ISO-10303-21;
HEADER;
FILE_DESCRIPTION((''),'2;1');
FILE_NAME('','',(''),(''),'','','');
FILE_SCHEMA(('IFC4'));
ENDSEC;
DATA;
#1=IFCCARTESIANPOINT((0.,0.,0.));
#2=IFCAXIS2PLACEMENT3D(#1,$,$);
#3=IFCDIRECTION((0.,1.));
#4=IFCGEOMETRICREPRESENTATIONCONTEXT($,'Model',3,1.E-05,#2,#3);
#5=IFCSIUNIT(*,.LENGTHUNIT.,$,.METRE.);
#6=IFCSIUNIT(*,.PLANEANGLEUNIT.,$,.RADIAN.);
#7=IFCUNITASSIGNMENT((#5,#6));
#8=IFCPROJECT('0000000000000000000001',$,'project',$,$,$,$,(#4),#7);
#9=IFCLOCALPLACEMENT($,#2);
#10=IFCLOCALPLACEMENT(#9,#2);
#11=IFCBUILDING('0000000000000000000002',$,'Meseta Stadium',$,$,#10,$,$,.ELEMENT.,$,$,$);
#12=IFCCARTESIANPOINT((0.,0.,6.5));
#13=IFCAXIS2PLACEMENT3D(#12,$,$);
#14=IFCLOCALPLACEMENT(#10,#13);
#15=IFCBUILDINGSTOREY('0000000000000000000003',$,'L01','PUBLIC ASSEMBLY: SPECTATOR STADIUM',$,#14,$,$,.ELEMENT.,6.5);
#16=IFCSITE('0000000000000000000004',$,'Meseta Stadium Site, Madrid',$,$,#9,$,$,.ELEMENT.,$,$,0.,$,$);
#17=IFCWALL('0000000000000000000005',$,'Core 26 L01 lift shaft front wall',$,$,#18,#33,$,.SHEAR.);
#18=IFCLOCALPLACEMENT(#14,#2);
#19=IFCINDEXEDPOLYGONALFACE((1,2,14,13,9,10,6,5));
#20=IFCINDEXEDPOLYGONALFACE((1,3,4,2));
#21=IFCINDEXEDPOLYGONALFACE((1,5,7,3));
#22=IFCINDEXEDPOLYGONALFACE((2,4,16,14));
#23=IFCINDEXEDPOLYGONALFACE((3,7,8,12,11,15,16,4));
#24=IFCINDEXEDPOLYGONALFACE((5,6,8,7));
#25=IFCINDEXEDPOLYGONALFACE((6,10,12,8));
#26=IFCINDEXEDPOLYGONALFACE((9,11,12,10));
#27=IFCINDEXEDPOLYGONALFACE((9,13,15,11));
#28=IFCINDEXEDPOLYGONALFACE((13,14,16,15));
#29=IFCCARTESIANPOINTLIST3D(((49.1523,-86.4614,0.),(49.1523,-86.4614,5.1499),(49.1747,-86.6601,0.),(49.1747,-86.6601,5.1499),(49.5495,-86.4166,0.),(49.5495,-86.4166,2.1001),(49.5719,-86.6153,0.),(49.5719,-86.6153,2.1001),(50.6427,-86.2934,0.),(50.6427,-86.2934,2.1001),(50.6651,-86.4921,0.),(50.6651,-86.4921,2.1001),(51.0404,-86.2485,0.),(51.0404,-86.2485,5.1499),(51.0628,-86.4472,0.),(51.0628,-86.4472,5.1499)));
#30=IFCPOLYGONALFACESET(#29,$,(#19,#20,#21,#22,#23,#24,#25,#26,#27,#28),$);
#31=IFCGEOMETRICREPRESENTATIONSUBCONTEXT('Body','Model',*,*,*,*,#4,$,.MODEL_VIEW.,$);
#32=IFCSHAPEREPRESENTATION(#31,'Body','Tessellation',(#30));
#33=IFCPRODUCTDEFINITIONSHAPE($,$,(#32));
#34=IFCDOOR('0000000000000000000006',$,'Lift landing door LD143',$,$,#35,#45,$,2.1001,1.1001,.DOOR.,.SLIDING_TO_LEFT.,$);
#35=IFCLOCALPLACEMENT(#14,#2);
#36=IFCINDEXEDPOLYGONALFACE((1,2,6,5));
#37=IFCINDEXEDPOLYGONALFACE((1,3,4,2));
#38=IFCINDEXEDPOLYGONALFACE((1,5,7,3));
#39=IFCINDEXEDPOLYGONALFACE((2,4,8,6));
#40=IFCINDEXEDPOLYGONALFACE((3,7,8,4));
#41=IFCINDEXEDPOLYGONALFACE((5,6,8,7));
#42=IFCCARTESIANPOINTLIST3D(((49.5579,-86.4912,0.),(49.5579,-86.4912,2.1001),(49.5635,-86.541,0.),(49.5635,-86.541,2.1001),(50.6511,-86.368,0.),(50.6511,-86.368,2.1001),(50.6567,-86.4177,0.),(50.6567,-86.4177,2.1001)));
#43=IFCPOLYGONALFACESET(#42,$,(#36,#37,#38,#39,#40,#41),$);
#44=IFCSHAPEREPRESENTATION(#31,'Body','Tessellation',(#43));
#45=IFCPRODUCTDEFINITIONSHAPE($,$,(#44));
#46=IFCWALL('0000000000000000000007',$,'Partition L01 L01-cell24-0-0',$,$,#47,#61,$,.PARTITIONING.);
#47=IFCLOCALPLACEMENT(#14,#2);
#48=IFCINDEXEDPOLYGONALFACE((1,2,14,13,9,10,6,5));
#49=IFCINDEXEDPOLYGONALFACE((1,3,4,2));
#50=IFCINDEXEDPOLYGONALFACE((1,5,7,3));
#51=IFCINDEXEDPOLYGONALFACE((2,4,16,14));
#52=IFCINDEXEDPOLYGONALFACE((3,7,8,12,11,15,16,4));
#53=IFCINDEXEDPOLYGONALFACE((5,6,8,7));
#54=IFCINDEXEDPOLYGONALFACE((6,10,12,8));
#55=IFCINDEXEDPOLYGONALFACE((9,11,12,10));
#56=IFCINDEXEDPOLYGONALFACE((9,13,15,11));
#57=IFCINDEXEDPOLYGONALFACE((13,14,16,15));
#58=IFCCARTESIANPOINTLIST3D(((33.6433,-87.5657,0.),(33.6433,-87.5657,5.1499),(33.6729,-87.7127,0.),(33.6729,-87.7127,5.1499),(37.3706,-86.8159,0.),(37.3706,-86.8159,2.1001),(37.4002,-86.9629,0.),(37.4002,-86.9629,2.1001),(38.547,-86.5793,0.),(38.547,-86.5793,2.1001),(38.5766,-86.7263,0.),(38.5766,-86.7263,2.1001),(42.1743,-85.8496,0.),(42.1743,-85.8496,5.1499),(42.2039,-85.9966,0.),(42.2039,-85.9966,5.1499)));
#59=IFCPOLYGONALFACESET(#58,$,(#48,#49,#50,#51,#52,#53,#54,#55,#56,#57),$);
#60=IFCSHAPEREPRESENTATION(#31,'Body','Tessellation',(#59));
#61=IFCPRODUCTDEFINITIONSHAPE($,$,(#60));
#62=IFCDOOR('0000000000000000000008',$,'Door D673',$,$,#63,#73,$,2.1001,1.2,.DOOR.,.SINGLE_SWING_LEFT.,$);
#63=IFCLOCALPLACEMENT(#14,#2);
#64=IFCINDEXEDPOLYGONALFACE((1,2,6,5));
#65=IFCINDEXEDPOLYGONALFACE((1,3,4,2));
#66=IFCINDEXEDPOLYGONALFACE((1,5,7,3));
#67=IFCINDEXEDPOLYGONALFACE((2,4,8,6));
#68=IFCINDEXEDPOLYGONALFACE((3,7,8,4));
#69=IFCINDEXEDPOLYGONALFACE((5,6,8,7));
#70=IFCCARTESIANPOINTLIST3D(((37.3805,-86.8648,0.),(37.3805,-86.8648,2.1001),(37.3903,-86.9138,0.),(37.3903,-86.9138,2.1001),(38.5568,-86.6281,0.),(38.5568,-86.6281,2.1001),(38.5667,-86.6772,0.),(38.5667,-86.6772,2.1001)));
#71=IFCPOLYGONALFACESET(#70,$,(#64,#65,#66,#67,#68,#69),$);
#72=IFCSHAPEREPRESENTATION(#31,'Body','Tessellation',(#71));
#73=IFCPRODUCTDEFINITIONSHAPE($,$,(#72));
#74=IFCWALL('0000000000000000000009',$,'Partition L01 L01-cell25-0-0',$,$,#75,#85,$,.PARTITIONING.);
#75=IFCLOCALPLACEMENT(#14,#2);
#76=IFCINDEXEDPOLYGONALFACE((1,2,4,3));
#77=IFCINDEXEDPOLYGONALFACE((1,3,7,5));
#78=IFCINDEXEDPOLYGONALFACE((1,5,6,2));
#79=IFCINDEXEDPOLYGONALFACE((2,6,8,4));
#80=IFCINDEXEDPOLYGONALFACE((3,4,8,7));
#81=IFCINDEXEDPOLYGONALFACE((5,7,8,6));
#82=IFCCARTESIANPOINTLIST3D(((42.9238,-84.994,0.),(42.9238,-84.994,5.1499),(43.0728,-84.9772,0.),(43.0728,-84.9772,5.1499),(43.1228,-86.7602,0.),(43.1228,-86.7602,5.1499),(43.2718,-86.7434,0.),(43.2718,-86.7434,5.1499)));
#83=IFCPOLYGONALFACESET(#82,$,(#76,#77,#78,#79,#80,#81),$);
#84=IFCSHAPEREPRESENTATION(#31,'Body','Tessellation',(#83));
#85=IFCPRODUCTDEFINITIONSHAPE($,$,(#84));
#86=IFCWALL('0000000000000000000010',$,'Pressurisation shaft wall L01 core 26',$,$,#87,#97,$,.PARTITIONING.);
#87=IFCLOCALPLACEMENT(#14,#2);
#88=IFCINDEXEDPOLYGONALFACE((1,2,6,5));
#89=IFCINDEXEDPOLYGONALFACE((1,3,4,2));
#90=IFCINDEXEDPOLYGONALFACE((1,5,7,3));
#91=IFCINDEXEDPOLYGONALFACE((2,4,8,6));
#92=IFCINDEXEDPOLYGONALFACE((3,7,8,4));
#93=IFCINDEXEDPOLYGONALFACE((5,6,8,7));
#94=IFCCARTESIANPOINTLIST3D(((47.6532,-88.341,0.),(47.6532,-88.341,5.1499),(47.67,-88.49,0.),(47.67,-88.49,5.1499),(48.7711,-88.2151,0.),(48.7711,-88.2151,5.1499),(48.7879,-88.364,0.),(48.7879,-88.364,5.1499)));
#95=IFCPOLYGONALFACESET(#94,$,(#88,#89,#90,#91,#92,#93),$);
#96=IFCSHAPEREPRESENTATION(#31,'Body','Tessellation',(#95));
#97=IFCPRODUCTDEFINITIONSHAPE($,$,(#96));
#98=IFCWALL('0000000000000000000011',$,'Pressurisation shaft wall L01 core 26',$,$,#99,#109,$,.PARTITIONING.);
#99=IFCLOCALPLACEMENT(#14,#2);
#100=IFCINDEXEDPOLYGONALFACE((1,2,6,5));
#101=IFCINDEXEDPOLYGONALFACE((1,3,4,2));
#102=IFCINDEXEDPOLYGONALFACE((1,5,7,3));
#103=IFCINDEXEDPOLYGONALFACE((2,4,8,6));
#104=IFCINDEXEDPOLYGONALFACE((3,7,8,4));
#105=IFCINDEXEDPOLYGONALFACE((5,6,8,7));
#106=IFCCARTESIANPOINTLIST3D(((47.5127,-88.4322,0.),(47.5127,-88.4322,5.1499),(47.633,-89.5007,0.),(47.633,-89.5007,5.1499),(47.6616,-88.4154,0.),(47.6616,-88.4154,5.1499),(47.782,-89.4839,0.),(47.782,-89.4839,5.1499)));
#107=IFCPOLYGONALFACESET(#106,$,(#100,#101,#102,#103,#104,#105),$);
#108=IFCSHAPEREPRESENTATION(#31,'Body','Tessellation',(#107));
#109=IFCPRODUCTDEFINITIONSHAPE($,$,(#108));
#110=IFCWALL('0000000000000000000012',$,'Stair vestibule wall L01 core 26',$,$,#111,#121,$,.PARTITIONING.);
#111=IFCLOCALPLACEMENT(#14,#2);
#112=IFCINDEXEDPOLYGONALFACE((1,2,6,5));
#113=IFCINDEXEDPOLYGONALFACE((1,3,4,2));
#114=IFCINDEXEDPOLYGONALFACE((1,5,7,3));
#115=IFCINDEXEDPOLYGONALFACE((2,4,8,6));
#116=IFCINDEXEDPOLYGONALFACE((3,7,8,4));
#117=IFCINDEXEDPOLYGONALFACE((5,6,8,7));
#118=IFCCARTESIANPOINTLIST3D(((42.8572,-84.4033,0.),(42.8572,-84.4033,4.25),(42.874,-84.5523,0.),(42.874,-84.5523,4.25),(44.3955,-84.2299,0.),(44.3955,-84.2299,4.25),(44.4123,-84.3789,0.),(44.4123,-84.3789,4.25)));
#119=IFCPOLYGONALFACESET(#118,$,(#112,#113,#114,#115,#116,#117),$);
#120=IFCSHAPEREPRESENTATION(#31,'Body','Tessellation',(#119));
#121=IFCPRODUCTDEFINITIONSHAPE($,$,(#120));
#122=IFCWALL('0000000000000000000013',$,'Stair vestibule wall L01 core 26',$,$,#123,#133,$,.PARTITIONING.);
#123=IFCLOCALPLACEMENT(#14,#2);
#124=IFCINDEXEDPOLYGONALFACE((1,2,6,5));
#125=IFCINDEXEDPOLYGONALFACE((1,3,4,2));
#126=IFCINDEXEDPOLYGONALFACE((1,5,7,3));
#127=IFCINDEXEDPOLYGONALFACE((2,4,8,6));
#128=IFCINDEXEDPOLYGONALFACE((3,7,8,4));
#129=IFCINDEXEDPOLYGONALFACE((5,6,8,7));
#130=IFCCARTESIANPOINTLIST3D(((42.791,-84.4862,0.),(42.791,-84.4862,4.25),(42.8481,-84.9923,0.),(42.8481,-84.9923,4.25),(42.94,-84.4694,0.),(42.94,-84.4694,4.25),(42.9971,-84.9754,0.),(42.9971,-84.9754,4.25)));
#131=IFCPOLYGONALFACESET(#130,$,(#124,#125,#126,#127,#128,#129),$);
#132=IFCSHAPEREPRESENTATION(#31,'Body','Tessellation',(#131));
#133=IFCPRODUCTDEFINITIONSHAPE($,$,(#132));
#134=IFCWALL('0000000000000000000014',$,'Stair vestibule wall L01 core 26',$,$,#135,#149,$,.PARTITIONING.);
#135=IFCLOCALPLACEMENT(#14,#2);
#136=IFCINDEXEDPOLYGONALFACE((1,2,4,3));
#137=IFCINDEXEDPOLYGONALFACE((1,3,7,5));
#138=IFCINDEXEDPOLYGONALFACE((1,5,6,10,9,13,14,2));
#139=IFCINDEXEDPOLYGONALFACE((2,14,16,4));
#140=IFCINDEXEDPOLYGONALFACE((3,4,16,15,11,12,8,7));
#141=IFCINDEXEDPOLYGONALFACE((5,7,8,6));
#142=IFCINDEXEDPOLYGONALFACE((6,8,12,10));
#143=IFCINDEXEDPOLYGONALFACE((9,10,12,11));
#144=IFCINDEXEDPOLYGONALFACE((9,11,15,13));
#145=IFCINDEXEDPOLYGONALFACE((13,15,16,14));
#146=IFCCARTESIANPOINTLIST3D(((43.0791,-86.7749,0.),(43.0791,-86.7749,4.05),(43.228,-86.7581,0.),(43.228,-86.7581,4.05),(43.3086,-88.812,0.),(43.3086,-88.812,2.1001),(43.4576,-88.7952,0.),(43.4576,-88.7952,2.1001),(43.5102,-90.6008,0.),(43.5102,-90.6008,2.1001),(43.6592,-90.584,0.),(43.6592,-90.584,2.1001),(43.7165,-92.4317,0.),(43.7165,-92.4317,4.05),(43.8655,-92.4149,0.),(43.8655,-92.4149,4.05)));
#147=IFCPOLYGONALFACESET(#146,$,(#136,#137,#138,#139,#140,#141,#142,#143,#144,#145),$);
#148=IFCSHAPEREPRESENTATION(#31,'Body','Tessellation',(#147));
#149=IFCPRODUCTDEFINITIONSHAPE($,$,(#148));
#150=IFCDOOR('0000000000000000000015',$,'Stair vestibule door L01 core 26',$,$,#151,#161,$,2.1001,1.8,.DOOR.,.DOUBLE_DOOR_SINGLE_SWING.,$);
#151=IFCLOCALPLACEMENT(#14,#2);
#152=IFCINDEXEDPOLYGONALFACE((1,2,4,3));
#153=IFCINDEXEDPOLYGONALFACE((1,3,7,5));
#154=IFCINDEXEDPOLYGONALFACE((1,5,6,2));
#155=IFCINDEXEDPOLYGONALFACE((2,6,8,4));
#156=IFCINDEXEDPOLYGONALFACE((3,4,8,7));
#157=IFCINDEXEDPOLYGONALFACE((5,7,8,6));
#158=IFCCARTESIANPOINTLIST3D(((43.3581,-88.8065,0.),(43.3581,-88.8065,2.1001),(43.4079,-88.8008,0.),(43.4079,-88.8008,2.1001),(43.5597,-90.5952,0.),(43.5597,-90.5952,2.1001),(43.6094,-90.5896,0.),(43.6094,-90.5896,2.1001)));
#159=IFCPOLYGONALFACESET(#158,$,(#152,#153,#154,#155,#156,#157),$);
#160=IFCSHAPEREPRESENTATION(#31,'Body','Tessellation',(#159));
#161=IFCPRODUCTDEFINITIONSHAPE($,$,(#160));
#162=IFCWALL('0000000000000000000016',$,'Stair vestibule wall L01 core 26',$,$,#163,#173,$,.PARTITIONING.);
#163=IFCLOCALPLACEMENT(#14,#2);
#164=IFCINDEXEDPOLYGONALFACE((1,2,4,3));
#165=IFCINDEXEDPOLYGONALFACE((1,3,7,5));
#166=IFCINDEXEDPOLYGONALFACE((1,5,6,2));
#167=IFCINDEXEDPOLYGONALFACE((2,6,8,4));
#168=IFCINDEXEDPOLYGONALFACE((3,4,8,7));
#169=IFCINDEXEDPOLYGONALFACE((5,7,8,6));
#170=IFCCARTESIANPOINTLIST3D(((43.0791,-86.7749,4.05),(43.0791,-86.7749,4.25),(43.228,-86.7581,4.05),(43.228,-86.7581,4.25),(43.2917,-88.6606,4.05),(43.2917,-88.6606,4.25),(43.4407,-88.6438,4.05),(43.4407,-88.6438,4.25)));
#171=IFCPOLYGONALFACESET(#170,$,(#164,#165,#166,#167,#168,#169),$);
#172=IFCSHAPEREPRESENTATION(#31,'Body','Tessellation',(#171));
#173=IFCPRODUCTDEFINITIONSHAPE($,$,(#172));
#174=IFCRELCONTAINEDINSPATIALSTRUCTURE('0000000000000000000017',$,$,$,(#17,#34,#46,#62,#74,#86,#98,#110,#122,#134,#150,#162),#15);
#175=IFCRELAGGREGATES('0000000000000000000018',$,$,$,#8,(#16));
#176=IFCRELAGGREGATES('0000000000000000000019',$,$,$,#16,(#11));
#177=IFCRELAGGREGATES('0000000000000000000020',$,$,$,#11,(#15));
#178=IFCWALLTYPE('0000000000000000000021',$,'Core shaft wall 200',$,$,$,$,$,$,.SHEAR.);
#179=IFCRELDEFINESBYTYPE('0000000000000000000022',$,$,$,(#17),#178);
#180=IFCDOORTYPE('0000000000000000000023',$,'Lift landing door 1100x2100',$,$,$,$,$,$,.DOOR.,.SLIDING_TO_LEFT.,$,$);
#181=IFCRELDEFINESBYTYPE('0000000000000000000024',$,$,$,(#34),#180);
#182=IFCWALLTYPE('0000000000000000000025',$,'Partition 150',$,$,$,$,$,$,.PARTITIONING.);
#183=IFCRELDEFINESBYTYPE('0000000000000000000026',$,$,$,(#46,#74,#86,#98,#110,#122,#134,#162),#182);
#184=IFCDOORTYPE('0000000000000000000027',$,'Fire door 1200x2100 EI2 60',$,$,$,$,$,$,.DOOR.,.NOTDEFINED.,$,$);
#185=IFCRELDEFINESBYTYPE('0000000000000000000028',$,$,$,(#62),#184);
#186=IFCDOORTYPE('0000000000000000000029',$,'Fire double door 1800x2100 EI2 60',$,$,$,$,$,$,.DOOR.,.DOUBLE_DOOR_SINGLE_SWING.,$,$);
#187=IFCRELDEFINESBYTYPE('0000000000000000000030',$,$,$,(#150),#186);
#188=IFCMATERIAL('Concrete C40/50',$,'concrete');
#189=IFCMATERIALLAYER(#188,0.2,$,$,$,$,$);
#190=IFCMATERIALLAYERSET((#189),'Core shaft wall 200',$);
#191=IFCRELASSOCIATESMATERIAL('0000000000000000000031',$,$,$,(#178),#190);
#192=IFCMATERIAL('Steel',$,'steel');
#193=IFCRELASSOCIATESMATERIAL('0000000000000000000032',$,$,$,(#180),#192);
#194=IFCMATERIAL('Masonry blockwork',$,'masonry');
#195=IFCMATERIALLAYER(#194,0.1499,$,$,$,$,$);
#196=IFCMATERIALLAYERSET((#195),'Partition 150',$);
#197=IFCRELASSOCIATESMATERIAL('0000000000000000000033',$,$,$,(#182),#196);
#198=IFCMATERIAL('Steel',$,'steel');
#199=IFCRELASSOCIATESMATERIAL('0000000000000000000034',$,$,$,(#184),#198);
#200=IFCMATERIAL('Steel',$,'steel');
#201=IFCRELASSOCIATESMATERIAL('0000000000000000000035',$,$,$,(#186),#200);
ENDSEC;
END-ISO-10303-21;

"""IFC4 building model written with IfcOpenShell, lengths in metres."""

from ifc_helpers import new_model, si_unit, direction, frame, frame_2d, origin, place, context, subcontext, project, spatial, rectangle, extrude, material, layer, layer_set, type_object, element, fill, save


model = new_model("IFC4")

# Units and contexts
model_context = context("Model", 3, precision=1e-05, world=origin(), true_north=direction((0.0, 1.0)))
body_context = subcontext(model_context, "Body", "Model", "MODEL_VIEW")
ifc_project = project(units=[si_unit("LENGTHUNIT", "METRE"), si_unit("PLANEANGLEUNIT", "RADIAN")], contexts=[model_context])

# Site, building, storey
site_placement = place(None, origin())
site = spatial("IfcSite", under=ifc_project, at=site_placement, Name="Meseta Stadium Site, Madrid", CompositionType="ELEMENT", RefElevation=0.0)
building_placement = place(site_placement, origin())
building = spatial("IfcBuilding", under=site, at=building_placement, Name="Meseta Stadium", CompositionType="ELEMENT")
storey_placement = place(building_placement, frame((0.0, 0.0, 6.5)))
storey = spatial("IfcBuildingStorey", under=building, at=storey_placement, Name="L01", Description="PUBLIC ASSEMBLY: SPECTATOR STADIUM", CompositionType="ELEMENT", Elevation=6.5)

# Walls, openings, doors
ifc_material_1 = material(Name="Concrete C40/50", Category="concrete")
ifc_layer_1 = layer(ifc_material_1, 0.2)
ifc_layer_set_1 = layer_set([ifc_layer_1], Name="Core shaft wall 200")
wall_type_1 = type_object("IfcWallType", Name="Core shaft wall 200", PredefinedType="SHEAR", material=ifc_layer_set_1)
wall_1_placement = place(storey_placement, frame((49.1633, -86.5608, 0.0), z_axis=(0.0, 0.0, 1.0), x_axis=(0.993704, 0.112039, 0.0)))
wall_1 = element("IfcWall", 1, at=wall_1_placement, inside=storey, type_object=wall_type_1, Name="Core 26 L01 lift shaft front wall", PredefinedType="SHEAR", context=body_context, shape_type="SweptSolid", body=[
    extrude(rectangle(XDim=1.9001, YDim=0.2, at=frame_2d((0.9502, 0.0))), origin(), (0.0, 0.0, 1.0), 5.1499),
])
opening_1_placement = place(wall_1_placement, frame((0.3999, 0.0, 0.0)))
opening_1 = element("IfcOpeningElement", 2, at=opening_1_placement, cuts=wall_1, PredefinedType="OPENING", context=body_context, shape_type="SweptSolid", body=[
    extrude(rectangle(XDim=1.1001, YDim=2.1001, at=frame_2d((0.55, 1.05))), frame((0.0, 0.1099, 0.0), z_axis=(0.0, -1.0, 0.0), x_axis=(1.0, 0.0, 0.0)), (0.0, 0.0, 1.0), 0.22),
])
ifc_material_2 = material(Name="Steel", Category="steel")
door_type_1 = type_object("IfcDoorType", Name="Lift landing door 1100x2100", OperationType="SLIDING_TO_LEFT", PredefinedType="DOOR", material=ifc_material_2)
door_1_placement = place(opening_1_placement, origin())
door_1 = element("IfcDoor", 3, at=door_1_placement, inside=storey, type_object=door_type_1, Name="Lift landing door LD143", OperationType="SLIDING_TO_LEFT", OverallHeight=2.1001, OverallWidth=1.1001, PredefinedType="DOOR", context=body_context, shape_type="SweptSolid", body=[
    extrude(rectangle(XDim=1.1001, YDim=2.1001, at=frame_2d((0.55, 1.05))), frame((0.0, 0.0249, 0.0), z_axis=(0.0, -1.0, 0.0), x_axis=(1.0, 0.0, 0.0)), (0.0, 0.0, 1.0), 0.05),
])
fill(opening_1, door_1)
ifc_material_3 = material(Name="Masonry blockwork", Category="masonry")
ifc_layer_2 = layer(ifc_material_3, 0.1499)
ifc_layer_set_2 = layer_set([ifc_layer_2], Name="Partition 150")
wall_type_2 = type_object("IfcWallType", Name="Partition 150", PredefinedType="PARTITIONING", material=ifc_layer_set_2)
wall_2_placement = place(storey_placement, frame((42.1892, -85.9231, 0.0), z_axis=(0.0, 0.0, 1.0), x_axis=(-0.980362, -0.197206, 0.0)))
wall_2 = element("IfcWall", 4, at=wall_2_placement, inside=storey, type_object=wall_type_2, Name="Partition L01 L01-cell24-0-0", PredefinedType="PARTITIONING", context=body_context, shape_type="SweptSolid", body=[
    extrude(rectangle(XDim=8.7019, YDim=0.1499, at=frame_2d((4.3511, 0.0))), origin(), (0.0, 0.0, 1.0), 5.1499),
])
opening_2_placement = place(wall_2_placement, frame((3.7, 0.0, 0.0)))
opening_2 = element("IfcOpeningElement", 5, at=opening_2_placement, cuts=wall_2, PredefinedType="OPENING", context=body_context, shape_type="SweptSolid", body=[
    extrude(rectangle(XDim=1.2, YDim=2.1001, at=frame_2d((0.6001, 1.05))), frame((0.0, 0.085, 0.0), z_axis=(0.0, -1.0, 0.0), x_axis=(1.0, 0.0, 0.0)), (0.0, 0.0, 1.0), 0.1699),
])
ifc_material_4 = material(Name="Steel", Category="steel")
door_type_2 = type_object("IfcDoorType", Name="Fire door 1200x2100 EI2 60", OperationType="NOTDEFINED", PredefinedType="DOOR", material=ifc_material_4)
door_2_placement = place(opening_2_placement, origin())
door_2 = element("IfcDoor", 6, at=door_2_placement, inside=storey, type_object=door_type_2, Name="Door D673", OperationType="SINGLE_SWING_LEFT", OverallHeight=2.1001, OverallWidth=1.2, PredefinedType="DOOR", context=body_context, shape_type="SweptSolid", body=[
    extrude(rectangle(XDim=1.2, YDim=2.1001, at=frame_2d((0.6001, 1.05))), frame((0.0, 0.0249, 0.0), z_axis=(0.0, -1.0, 0.0), x_axis=(1.0, 0.0, 0.0)), (0.0, 0.0, 1.0), 0.05),
])
fill(opening_2, door_2)

# Walls
wall_3_placement = place(storey_placement, frame((42.9983, -84.9856, 0.0), z_axis=(0.0, 0.0, 1.0), x_axis=(0.111954, -0.993713, 0.0)))
element("IfcWall", 7, at=wall_3_placement, inside=storey, type_object=wall_type_2, Name="Partition L01 L01-cell25-0-0", PredefinedType="PARTITIONING", context=body_context, shape_type="SweptSolid", body=[
    extrude(rectangle(XDim=1.7773, YDim=0.1499, at=frame_2d((0.8887, 0.0))), origin(), (0.0, 0.0, 1.0), 5.1499),
])
wall_4_placement = place(storey_placement, frame((48.7795, -88.2896, 0.0), z_axis=(0.0, 0.0, 1.0), x_axis=(-0.993711, -0.11198, 0.0)))
element("IfcWall", 8, at=wall_4_placement, inside=storey, type_object=wall_type_2, Name="Pressurisation shaft wall L01 core 26", PredefinedType="PARTITIONING", context=body_context, shape_type="SweptSolid", body=[
    extrude(rectangle(XDim=1.125, YDim=0.1499, at=frame_2d((0.5625, 0.0))), origin(), (0.0, 0.0, 1.0), 5.1499),
])
wall_5_placement = place(storey_placement, frame((47.5872, -88.4238, 0.0), z_axis=(0.0, 0.0, 1.0), x_axis=(0.111952, -0.993714, 0.0)))
element("IfcWall", 9, at=wall_5_placement, inside=storey, type_object=wall_type_2, Name="Pressurisation shaft wall L01 core 26", PredefinedType="PARTITIONING", context=body_context, shape_type="SweptSolid", body=[
    extrude(rectangle(XDim=1.0752, YDim=0.1499, at=frame_2d((0.5376, 0.0))), origin(), (0.0, 0.0, 1.0), 5.1499),
])
wall_6_placement = place(storey_placement, frame((44.4038, -84.3044, 0.0), z_axis=(0.0, 0.0, 1.0), x_axis=(-0.993711, -0.111972, 0.0)))
element("IfcWall", 10, at=wall_6_placement, inside=storey, type_object=wall_type_2, Name="Stair vestibule wall L01 core 26", PredefinedType="PARTITIONING", context=body_context, shape_type="SweptSolid", body=[
    extrude(rectangle(XDim=1.5481, YDim=0.1499, at=frame_2d((0.7739, 0.0))), origin(), (0.0, 0.0, 1.0), 4.25),
])
wall_7_placement = place(storey_placement, frame((42.8655, -84.4778, 0.0), z_axis=(0.0, 0.0, 1.0), x_axis=(0.112168, -0.993689, 0.0)))
element("IfcWall", 11, at=wall_7_placement, inside=storey, type_object=wall_type_2, Name="Stair vestibule wall L01 core 26", PredefinedType="PARTITIONING", context=body_context, shape_type="SweptSolid", body=[
    extrude(rectangle(XDim=0.5093, YDim=0.1499, at=frame_2d((0.2546, 0.0))), origin(), (0.0, 0.0, 1.0), 4.25),
])

# Wall, opening, door
wall_8_placement = place(storey_placement, frame((43.1536, -86.7666, 0.0), z_axis=(0.0, 0.0, 1.0), x_axis=(0.11198, -0.99371, 0.0)))
wall_8 = element("IfcWall", 12, at=wall_8_placement, inside=storey, type_object=wall_type_2, Name="Stair vestibule wall L01 core 26", PredefinedType="PARTITIONING", context=body_context, shape_type="SweptSolid", body=[
    extrude(rectangle(XDim=5.6926, YDim=0.1499, at=frame_2d((2.8462, 0.0))), origin(), (0.0, 0.0, 1.0), 4.05),
])
opening_3_placement = place(wall_8_placement, frame((2.05, 0.0, 0.0)))
opening_3 = element("IfcOpeningElement", 13, at=opening_3_placement, cuts=wall_8, PredefinedType="OPENING", context=body_context, shape_type="SweptSolid", body=[
    extrude(rectangle(XDim=1.8, YDim=2.1001, at=frame_2d((0.8999, 1.05))), frame((0.0, 0.085, 0.0), z_axis=(0.0, -1.0, 0.0), x_axis=(1.0, 0.0, 0.0)), (0.0, 0.0, 1.0), 0.1699),
])
ifc_material_5 = material(Name="Steel", Category="steel")
door_type_3 = type_object("IfcDoorType", Name="Fire double door 1800x2100 EI2 60", OperationType="DOUBLE_DOOR_SINGLE_SWING", PredefinedType="DOOR", material=ifc_material_5)
door_3_placement = place(opening_3_placement, origin())
door_3 = element("IfcDoor", 14, at=door_3_placement, inside=storey, type_object=door_type_3, Name="Stair vestibule door L01 core 26", OperationType="DOUBLE_DOOR_SINGLE_SWING", OverallHeight=2.1001, OverallWidth=1.8, PredefinedType="DOOR", context=body_context, shape_type="SweptSolid", body=[
    extrude(rectangle(XDim=1.8, YDim=2.1001, at=frame_2d((0.8999, 1.05))), frame((0.0, 0.0249, 0.0), z_axis=(0.0, -1.0, 0.0), x_axis=(1.0, 0.0, 0.0)), (0.0, 0.0, 1.0), 0.05),
])
fill(opening_3, door_3)

# Wall
wall_9_placement = place(storey_placement, frame((43.1536, -86.7666, 4.05), z_axis=(0.0, 0.0, 1.0), x_axis=(0.112055, -0.993702, 0.0)))
element("IfcWall", 15, at=wall_9_placement, inside=storey, type_object=wall_type_2, Name="Stair vestibule wall L01 core 26", PredefinedType="PARTITIONING", context=body_context, shape_type="SweptSolid", body=[
    extrude(rectangle(XDim=1.8977, YDim=0.1499, at=frame_2d((0.9487, 0.0))), origin(), (0.0, 0.0, 1.0), 0.2),
])

save(model, "model.ifc")
